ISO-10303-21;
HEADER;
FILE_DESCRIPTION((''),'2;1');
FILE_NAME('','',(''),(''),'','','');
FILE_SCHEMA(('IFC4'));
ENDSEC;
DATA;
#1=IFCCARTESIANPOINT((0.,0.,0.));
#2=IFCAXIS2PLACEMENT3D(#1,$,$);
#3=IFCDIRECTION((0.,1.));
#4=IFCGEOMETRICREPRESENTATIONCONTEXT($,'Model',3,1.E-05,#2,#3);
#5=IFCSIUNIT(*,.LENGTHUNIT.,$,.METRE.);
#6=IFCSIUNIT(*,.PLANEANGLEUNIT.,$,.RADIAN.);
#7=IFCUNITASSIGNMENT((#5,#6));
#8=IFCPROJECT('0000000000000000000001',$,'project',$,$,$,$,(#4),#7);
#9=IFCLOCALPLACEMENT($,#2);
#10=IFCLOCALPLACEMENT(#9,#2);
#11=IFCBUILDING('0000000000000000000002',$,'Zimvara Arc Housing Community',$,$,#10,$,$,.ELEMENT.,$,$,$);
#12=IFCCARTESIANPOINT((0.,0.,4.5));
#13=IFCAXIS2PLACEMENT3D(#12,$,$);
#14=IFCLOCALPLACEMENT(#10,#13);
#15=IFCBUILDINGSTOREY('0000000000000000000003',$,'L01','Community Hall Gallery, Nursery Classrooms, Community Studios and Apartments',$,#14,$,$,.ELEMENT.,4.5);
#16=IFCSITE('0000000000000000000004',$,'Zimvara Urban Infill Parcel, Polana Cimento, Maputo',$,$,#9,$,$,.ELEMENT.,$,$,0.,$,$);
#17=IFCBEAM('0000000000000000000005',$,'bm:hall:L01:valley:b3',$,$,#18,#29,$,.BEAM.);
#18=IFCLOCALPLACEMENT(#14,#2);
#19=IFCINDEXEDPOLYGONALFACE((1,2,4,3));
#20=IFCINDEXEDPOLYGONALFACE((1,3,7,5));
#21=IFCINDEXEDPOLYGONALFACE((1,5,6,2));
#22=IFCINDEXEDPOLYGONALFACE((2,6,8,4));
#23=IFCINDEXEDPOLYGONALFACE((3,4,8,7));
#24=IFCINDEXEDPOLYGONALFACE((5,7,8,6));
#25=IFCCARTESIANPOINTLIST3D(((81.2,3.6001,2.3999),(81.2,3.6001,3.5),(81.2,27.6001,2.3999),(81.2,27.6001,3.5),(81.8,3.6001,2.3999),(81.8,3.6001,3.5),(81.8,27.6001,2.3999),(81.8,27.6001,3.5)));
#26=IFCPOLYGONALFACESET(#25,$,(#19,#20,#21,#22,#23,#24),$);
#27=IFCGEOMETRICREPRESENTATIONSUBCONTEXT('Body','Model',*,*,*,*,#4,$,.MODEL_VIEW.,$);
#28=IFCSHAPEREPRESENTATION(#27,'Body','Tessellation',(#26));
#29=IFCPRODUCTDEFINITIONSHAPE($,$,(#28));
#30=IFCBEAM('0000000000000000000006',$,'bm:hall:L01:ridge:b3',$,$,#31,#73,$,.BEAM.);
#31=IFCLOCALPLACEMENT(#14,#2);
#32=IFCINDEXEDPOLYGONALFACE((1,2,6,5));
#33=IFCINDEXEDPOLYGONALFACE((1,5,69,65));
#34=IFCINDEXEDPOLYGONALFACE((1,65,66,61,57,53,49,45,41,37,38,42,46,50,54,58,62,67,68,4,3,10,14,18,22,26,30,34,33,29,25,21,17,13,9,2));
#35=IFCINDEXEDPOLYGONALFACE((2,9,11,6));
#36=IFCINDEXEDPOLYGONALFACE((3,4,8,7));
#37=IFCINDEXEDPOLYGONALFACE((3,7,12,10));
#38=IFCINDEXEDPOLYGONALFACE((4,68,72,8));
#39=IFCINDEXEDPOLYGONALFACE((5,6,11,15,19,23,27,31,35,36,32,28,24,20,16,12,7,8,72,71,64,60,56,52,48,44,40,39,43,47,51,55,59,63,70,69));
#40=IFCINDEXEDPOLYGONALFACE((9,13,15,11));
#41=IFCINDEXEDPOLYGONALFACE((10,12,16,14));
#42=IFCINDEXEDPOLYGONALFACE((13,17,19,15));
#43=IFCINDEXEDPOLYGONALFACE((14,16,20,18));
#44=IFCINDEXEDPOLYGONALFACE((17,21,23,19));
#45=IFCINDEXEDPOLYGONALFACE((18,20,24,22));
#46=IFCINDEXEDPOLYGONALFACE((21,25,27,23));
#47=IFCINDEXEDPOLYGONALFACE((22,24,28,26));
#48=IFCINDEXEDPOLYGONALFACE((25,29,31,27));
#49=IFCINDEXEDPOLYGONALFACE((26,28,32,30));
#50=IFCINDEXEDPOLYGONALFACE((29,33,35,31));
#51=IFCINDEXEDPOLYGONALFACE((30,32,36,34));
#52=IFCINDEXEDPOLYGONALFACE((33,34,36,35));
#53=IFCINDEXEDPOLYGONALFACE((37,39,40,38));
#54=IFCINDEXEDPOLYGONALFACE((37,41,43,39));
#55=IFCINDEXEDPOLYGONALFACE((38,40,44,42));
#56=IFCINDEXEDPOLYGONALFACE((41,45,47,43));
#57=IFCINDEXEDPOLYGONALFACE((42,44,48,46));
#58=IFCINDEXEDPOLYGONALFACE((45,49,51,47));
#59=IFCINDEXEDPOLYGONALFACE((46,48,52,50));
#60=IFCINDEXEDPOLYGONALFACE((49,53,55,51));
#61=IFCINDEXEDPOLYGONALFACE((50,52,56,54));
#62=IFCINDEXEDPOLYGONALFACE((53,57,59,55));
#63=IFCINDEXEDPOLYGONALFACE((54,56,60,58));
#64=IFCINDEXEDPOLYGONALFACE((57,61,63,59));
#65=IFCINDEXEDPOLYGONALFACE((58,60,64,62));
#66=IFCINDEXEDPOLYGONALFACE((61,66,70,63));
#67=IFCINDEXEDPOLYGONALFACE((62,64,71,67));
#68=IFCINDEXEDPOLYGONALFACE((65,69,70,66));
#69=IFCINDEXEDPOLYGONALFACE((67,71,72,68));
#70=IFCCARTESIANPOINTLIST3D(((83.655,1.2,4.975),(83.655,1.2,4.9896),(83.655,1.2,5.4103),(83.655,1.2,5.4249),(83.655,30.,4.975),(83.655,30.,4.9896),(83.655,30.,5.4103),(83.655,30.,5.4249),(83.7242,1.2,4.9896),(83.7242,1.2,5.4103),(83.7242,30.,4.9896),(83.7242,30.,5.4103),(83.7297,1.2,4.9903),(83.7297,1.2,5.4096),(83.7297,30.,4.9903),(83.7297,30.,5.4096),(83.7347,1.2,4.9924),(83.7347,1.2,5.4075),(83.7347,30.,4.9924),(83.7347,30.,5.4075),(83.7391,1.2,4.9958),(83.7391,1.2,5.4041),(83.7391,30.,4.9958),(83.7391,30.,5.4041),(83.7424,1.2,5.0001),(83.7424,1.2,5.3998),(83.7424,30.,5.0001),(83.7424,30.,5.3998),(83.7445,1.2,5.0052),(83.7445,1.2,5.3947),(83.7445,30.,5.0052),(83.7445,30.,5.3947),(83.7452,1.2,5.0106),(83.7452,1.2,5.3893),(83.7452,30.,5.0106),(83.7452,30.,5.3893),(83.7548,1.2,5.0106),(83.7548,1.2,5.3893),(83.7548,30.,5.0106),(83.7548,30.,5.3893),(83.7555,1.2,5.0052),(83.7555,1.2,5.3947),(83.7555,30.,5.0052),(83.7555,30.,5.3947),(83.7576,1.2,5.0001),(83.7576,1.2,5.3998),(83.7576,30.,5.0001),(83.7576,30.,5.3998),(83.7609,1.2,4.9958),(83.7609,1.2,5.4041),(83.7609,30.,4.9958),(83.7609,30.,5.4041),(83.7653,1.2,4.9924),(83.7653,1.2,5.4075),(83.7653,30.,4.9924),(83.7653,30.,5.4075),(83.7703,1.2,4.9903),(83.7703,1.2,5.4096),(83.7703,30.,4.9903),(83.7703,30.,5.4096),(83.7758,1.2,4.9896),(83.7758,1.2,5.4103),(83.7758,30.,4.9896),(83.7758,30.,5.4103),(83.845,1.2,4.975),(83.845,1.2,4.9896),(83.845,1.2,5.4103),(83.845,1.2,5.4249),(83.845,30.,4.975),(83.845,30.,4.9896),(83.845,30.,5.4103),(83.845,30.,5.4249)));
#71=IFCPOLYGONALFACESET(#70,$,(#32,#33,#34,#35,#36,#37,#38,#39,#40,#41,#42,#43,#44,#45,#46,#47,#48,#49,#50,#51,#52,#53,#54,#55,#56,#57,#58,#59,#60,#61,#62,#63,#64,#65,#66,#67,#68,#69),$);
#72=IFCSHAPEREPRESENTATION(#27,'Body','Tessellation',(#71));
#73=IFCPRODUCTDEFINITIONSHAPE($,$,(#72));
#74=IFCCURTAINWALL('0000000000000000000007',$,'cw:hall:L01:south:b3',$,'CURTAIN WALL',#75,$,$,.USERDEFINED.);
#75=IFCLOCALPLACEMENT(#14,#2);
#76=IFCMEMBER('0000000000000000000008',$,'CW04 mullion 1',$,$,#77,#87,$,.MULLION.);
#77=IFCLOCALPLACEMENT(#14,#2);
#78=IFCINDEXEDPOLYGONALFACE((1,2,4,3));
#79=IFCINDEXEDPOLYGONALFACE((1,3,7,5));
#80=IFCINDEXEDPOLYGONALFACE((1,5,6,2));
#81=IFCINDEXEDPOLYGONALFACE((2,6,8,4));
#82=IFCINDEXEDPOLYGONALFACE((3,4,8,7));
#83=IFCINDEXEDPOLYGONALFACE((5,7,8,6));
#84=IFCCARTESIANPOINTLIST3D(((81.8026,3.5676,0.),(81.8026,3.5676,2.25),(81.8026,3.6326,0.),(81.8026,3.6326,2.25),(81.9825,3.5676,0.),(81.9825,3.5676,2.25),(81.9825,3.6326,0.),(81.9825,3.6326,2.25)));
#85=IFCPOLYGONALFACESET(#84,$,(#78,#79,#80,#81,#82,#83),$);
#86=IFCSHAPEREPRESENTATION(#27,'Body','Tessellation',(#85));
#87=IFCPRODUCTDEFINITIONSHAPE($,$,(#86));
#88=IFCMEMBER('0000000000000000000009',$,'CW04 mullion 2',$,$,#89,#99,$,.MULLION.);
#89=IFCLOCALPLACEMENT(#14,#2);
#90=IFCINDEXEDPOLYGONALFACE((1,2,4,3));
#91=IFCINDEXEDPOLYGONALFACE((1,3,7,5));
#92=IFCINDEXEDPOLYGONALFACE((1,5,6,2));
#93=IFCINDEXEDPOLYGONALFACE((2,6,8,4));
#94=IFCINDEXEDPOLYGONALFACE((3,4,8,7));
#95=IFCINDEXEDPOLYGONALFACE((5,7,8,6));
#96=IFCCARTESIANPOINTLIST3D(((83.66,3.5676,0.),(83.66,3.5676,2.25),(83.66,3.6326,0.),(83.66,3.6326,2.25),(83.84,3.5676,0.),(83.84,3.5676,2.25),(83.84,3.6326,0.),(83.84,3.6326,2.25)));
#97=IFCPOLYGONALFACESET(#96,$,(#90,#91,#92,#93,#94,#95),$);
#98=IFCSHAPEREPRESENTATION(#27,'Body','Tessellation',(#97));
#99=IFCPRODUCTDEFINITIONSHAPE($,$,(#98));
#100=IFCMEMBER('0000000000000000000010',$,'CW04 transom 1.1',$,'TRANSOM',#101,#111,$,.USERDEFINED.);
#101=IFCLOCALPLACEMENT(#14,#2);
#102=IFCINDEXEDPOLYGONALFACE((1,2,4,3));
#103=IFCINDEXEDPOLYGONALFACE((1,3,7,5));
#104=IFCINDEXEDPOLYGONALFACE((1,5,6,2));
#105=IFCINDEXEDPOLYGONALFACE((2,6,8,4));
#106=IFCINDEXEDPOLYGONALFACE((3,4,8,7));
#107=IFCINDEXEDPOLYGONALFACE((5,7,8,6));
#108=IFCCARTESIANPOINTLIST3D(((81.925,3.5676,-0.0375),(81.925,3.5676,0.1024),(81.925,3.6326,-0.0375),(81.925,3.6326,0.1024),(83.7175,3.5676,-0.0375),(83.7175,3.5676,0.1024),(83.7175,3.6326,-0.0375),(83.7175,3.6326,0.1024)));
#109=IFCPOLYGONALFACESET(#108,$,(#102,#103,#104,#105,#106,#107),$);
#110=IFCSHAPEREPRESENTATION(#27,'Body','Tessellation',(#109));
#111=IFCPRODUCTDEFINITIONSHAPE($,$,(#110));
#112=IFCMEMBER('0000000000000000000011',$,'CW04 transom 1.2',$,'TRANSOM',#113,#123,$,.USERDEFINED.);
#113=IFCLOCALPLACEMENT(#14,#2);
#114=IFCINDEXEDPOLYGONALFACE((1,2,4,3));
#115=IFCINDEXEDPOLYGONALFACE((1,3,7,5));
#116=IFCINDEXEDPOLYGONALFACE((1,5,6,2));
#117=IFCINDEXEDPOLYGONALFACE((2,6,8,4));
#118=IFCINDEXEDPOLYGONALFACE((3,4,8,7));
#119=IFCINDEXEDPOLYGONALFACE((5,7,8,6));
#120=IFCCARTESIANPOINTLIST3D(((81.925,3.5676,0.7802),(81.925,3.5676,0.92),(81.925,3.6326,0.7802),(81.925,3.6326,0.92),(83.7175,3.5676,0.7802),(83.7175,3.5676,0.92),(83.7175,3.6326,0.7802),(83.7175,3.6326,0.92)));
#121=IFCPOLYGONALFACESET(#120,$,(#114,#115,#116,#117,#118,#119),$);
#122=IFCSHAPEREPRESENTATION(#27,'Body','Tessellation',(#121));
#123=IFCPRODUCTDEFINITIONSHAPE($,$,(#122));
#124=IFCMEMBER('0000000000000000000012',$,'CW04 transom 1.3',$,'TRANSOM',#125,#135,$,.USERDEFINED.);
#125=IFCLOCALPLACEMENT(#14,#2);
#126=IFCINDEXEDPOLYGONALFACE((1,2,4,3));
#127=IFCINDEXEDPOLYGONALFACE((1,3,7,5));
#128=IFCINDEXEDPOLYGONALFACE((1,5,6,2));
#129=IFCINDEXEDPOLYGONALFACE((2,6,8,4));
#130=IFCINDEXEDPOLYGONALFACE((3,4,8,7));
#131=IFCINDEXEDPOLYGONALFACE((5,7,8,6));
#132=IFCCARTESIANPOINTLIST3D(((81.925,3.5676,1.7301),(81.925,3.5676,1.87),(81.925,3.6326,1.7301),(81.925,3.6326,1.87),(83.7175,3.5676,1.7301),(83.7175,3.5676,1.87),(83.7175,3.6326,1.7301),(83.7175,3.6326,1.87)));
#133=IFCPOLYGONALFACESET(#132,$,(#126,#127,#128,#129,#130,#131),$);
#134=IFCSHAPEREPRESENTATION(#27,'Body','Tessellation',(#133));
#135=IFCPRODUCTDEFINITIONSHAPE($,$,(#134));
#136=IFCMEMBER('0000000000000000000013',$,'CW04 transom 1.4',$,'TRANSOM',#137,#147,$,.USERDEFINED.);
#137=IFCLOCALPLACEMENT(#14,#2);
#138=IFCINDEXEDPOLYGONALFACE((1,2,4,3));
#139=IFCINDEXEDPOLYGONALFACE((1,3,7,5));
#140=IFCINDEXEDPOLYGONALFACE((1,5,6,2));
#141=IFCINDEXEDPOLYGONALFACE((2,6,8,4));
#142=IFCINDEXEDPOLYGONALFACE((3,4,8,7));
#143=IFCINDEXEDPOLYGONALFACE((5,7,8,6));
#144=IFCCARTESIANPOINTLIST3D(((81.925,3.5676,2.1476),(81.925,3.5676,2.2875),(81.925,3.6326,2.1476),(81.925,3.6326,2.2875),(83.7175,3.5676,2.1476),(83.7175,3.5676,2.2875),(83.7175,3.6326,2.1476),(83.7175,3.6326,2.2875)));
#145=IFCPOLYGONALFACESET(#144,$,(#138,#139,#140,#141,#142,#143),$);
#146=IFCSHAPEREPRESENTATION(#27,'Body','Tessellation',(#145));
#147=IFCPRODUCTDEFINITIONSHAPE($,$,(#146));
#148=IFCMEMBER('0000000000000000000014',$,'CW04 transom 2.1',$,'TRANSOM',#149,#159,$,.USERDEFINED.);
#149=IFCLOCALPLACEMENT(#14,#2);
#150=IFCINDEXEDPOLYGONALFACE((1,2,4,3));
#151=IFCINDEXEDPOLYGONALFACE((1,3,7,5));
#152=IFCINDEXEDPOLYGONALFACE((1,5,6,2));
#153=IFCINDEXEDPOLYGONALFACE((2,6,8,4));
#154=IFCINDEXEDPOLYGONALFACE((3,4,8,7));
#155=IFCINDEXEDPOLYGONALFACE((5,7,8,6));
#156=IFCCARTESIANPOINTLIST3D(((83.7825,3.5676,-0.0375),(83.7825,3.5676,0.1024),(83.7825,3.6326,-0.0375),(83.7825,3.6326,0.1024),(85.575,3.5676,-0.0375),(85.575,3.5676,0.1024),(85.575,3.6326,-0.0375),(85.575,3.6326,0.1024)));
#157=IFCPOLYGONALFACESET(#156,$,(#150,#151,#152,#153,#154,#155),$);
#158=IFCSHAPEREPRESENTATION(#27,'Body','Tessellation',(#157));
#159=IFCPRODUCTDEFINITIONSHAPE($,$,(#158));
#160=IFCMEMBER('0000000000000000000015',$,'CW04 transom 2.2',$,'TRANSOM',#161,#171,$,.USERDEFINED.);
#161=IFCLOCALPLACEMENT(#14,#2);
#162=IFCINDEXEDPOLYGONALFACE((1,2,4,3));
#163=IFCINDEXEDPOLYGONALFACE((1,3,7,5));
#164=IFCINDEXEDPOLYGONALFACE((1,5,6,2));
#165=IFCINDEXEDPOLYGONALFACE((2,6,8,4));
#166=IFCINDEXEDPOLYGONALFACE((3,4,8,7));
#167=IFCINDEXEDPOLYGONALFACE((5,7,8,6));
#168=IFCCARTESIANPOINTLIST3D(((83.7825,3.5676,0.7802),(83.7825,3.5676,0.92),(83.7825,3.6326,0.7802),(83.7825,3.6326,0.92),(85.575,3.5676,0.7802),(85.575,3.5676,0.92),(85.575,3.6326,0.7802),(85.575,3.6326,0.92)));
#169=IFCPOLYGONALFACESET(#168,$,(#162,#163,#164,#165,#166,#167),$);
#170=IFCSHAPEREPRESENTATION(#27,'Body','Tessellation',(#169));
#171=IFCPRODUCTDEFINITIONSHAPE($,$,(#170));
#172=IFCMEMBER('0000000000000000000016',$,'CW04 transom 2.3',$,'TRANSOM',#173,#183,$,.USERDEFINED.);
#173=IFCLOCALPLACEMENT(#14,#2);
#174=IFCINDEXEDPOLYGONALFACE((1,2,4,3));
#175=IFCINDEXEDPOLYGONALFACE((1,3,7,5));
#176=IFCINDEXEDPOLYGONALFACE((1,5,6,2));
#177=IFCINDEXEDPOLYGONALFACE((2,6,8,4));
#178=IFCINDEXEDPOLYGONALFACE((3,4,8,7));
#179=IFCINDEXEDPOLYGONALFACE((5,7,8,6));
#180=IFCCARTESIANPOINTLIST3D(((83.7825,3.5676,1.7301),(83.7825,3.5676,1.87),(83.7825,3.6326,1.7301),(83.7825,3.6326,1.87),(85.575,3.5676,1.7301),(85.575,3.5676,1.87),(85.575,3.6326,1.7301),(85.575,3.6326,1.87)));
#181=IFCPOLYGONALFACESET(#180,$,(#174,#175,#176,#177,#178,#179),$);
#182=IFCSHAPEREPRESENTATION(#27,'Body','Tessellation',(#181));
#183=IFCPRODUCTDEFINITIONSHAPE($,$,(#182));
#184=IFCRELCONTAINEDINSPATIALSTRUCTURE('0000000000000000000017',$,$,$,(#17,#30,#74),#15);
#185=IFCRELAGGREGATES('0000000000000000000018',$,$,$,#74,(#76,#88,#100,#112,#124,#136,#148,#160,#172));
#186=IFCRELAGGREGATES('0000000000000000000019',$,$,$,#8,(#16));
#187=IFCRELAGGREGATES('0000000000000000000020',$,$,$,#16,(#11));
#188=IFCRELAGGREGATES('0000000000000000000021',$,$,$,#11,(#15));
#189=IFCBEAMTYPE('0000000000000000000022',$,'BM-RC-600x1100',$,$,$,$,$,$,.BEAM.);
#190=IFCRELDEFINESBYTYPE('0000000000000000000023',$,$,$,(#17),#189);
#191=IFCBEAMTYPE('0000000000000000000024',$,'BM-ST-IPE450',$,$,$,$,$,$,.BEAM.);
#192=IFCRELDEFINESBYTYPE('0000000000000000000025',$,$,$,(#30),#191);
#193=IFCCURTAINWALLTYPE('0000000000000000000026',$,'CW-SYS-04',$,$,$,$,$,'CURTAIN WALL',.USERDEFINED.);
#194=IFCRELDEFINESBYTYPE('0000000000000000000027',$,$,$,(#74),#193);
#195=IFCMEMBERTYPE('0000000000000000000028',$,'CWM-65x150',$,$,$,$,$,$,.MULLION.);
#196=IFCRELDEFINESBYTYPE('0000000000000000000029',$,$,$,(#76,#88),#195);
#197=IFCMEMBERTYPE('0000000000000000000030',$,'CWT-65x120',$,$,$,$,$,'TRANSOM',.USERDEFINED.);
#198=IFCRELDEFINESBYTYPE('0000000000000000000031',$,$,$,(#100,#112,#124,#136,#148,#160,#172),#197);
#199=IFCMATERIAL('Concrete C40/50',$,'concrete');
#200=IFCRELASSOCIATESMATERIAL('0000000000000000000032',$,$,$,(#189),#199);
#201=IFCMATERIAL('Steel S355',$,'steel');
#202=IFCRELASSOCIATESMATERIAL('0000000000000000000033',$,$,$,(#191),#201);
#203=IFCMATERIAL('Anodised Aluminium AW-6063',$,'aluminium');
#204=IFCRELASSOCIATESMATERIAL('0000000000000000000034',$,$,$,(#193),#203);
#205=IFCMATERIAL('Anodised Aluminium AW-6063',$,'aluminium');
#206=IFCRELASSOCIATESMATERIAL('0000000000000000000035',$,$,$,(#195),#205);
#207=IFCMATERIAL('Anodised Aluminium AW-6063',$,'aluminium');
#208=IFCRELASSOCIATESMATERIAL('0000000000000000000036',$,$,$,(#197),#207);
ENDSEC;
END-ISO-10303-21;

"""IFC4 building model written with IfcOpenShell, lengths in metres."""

from ifc_helpers import new_model, si_unit, direction, frame, origin, origin_2d, place, context, subcontext, project, spatial, rectangle, i_section, extrude, material, material_profile, profile_set, type_object, element, aggregate, save


model = new_model("IFC4")

# Units and contexts
model_context = context("Model", 3, precision=1e-05, world=origin(), true_north=direction((0.0, 1.0)))
body_context = subcontext(model_context, "Body", "Model", "MODEL_VIEW")
ifc_project = project(units=[si_unit("LENGTHUNIT", "METRE"), si_unit("PLANEANGLEUNIT", "RADIAN")], contexts=[model_context])

# Site, building, storey
site_placement = place(None, origin())
site = spatial("IfcSite", under=ifc_project, at=site_placement, Name="Zimvara Urban Infill Parcel, Polana Cimento, Maputo", CompositionType="ELEMENT", RefElevation=0.0)
building_placement = place(site_placement, origin())
building = spatial("IfcBuilding", under=site, at=building_placement, Name="Zimvara Arc Housing Community", CompositionType="ELEMENT")
storey_placement = place(building_placement, frame((0.0, 0.0, 4.5)))
storey = spatial("IfcBuildingStorey", under=building, at=storey_placement, Name="L01", Description="Community Hall Gallery, Nursery Classrooms, Community Studios and Apartments", CompositionType="ELEMENT", Elevation=4.5)

# Beams
ifc_material_1 = material(Name="Concrete C40/50", Category="concrete")
ifc_material_profile_1 = material_profile(ifc_material_1, rectangle(XDim=0.6001, YDim=1.1001, at=origin_2d()), Name="RC 600x1100")
ifc_profile_set_1 = profile_set([ifc_material_profile_1], Name="Concrete C40/50")
beam_type_1 = type_object("IfcBeamType", Name="BM-RC-600x1100", PredefinedType="BEAM", material=ifc_profile_set_1)
beam_1_placement = place(storey_placement, frame((81.5, 3.6001, 2.95), z_axis=(0.0, 1.0, 0.0), x_axis=(-1.0, 0.0, 0.0)))
element("IfcBeam", 1, at=beam_1_placement, inside=storey, type_object=beam_type_1, Name="bm:hall:L01:valley:b3", PredefinedType="BEAM", context=body_context, shape_type="SweptSolid", body=[
    extrude(rectangle(XDim=0.6001, YDim=1.1001, at=origin_2d()), origin(), (0.0, 0.0, 1.0), 24.0),
])
ifc_material_2 = material(Name="Steel S355", Category="steel")
ifc_material_profile_2 = material_profile(ifc_material_2, i_section(OverallWidth=0.1899, OverallDepth=0.45, WebThickness=0.0095, FlangeThickness=0.0146, FilletRadius=0.021, at=origin_2d()), Name="IPE 450")
ifc_profile_set_2 = profile_set([ifc_material_profile_2], Name="Steel S355")
beam_type_2 = type_object("IfcBeamType", Name="BM-ST-IPE450", PredefinedType="BEAM", material=ifc_profile_set_2)
beam_2_placement = place(storey_placement, frame((83.75, 1.2, 5.2), z_axis=(0.0, 1.0, 0.0), x_axis=(-1.0, 0.0, 0.0)))
element("IfcBeam", 2, at=beam_2_placement, inside=storey, type_object=beam_type_2, Name="bm:hall:L01:ridge:b3", PredefinedType="BEAM", context=body_context, shape_type="SweptSolid", body=[
    extrude(i_section(OverallWidth=0.1899, OverallDepth=0.45, WebThickness=0.0095, FlangeThickness=0.0146, FilletRadius=0.021, at=origin_2d()), origin(), (0.0, 0.0, 1.0), 28.8),
])

# Curtain wall, members
ifc_material_3 = material(Name="Anodised Aluminium AW-6063", Category="aluminium")
curtain_wall_type = type_object("IfcCurtainWallType", Name="CW-SYS-04", ElementType="CURTAIN WALL", PredefinedType="USERDEFINED", material=ifc_material_3)
curtain_wall_placement = place(storey_placement, origin())
curtain_wall = element("IfcCurtainWall", 3, at=curtain_wall_placement, inside=storey, type_object=curtain_wall_type, Name="cw:hall:L01:south:b3", ObjectType="CURTAIN WALL", PredefinedType="USERDEFINED")
ifc_material_4 = material(Name="Anodised Aluminium AW-6063", Category="aluminium")
ifc_material_profile_3 = material_profile(ifc_material_4, rectangle(XDim=0.0649, YDim=0.1799, at=origin_2d()), Name="ALU 65x180")
ifc_profile_set_3 = profile_set([ifc_material_profile_3], Name="Anodised Aluminium AW-6063")
member_type_1 = type_object("IfcMemberType", Name="CWM-65x150", PredefinedType="MULLION", material=ifc_profile_set_3)
member_1_placement = place(storey_placement, frame((81.8926, 3.6001, 0.0), z_axis=(0.0, 0.0, 1.0), x_axis=(0.0, 1.0, 0.0)))
member_1 = element("IfcMember", 4, at=member_1_placement, type_object=member_type_1, Name="CW04 mullion 1", PredefinedType="MULLION", context=body_context, shape_type="SweptSolid", body=[
    extrude(rectangle(XDim=0.0649, YDim=0.1799, at=origin_2d()), origin(), (0.0, 0.0, 1.0), 2.25),
])
member_2_placement = place(storey_placement, frame((83.75, 3.6001, 0.0), z_axis=(0.0, 0.0, 1.0), x_axis=(0.0, 1.0, 0.0)))
member_2 = element("IfcMember", 5, at=member_2_placement, type_object=member_type_1, Name="CW04 mullion 2", PredefinedType="MULLION", context=body_context, shape_type="SweptSolid", body=[
    extrude(rectangle(XDim=0.0649, YDim=0.1799, at=origin_2d()), origin(), (0.0, 0.0, 1.0), 2.25),
])
ifc_material_5 = material(Name="Anodised Aluminium AW-6063", Category="aluminium")
ifc_material_profile_4 = material_profile(ifc_material_5, rectangle(XDim=0.0649, YDim=0.1399, at=origin_2d()), Name="ALU 65x140")
ifc_profile_set_4 = profile_set([ifc_material_profile_4], Name="Anodised Aluminium AW-6063")
member_type_2 = type_object("IfcMemberType", Name="CWT-65x120", ElementType="TRANSOM", PredefinedType="USERDEFINED", material=ifc_profile_set_4)
member_3_placement = place(storey_placement, frame((81.925, 3.6001, 0.0325), z_axis=(1.0, 0.0, 0.0), x_axis=(0.0, 1.0, 0.0)))
member_3 = element("IfcMember", 6, at=member_3_placement, type_object=member_type_2, Name="CW04 transom 1.1", ObjectType="TRANSOM", PredefinedType="USERDEFINED", context=body_context, shape_type="SweptSolid", body=[
    extrude(rectangle(XDim=0.0649, YDim=0.1399, at=origin_2d()), origin(), (0.0, 0.0, 1.0), 1.7925),
])
member_4_placement = place(storey_placement, frame((81.925, 3.6001, 0.8501), z_axis=(1.0, 0.0, 0.0), x_axis=(0.0, 1.0, 0.0)))
member_4 = element("IfcMember", 7, at=member_4_placement, type_object=member_type_2, Name="CW04 transom 1.2", ObjectType="TRANSOM", PredefinedType="USERDEFINED", context=body_context, shape_type="SweptSolid", body=[
    extrude(rectangle(XDim=0.0649, YDim=0.1399, at=origin_2d()), origin(), (0.0, 0.0, 1.0), 1.7925),
])
member_5_placement = place(storey_placement, frame((81.925, 3.6001, 1.8), z_axis=(1.0, 0.0, 0.0), x_axis=(0.0, 1.0, 0.0)))
member_5 = element("IfcMember", 8, at=member_5_placement, type_object=member_type_2, Name="CW04 transom 1.3", ObjectType="TRANSOM", PredefinedType="USERDEFINED", context=body_context, shape_type="SweptSolid", body=[
    extrude(rectangle(XDim=0.0649, YDim=0.1399, at=origin_2d()), origin(), (0.0, 0.0, 1.0), 1.7925),
])
member_6_placement = place(storey_placement, frame((81.925, 3.6001, 2.2175), z_axis=(1.0, 0.0, 0.0), x_axis=(0.0, 1.0, 0.0)))
member_6 = element("IfcMember", 9, at=member_6_placement, type_object=member_type_2, Name="CW04 transom 1.4", ObjectType="TRANSOM", PredefinedType="USERDEFINED", context=body_context, shape_type="SweptSolid", body=[
    extrude(rectangle(XDim=0.0649, YDim=0.1399, at=origin_2d()), origin(), (0.0, 0.0, 1.0), 1.7925),
])
member_7_placement = place(storey_placement, frame((83.7825, 3.6001, 0.0325), z_axis=(1.0, 0.0, 0.0), x_axis=(0.0, 1.0, 0.0)))
member_7 = element("IfcMember", 10, at=member_7_placement, type_object=member_type_2, Name="CW04 transom 2.1", ObjectType="TRANSOM", PredefinedType="USERDEFINED", context=body_context, shape_type="SweptSolid", body=[
    extrude(rectangle(XDim=0.0649, YDim=0.1399, at=origin_2d()), origin(), (0.0, 0.0, 1.0), 1.7925),
])
member_8_placement = place(storey_placement, frame((83.7825, 3.6001, 0.8501), z_axis=(1.0, 0.0, 0.0), x_axis=(0.0, 1.0, 0.0)))
member_8 = element("IfcMember", 11, at=member_8_placement, type_object=member_type_2, Name="CW04 transom 2.2", ObjectType="TRANSOM", PredefinedType="USERDEFINED", context=body_context, shape_type="SweptSolid", body=[
    extrude(rectangle(XDim=0.0649, YDim=0.1399, at=origin_2d()), origin(), (0.0, 0.0, 1.0), 1.7925),
])
member_9_placement = place(storey_placement, frame((83.7825, 3.6001, 1.8), z_axis=(1.0, 0.0, 0.0), x_axis=(0.0, 1.0, 0.0)))
member_9 = element("IfcMember", 12, at=member_9_placement, type_object=member_type_2, Name="CW04 transom 2.3", ObjectType="TRANSOM", PredefinedType="USERDEFINED", context=body_context, shape_type="SweptSolid", body=[
    extrude(rectangle(XDim=0.0649, YDim=0.1399, at=origin_2d()), origin(), (0.0, 0.0, 1.0), 1.7925),
])
aggregate(curtain_wall, [member_1, member_2, member_3, member_4, member_5, member_6, member_7, member_8, member_9])

save(model, "model.ifc")
